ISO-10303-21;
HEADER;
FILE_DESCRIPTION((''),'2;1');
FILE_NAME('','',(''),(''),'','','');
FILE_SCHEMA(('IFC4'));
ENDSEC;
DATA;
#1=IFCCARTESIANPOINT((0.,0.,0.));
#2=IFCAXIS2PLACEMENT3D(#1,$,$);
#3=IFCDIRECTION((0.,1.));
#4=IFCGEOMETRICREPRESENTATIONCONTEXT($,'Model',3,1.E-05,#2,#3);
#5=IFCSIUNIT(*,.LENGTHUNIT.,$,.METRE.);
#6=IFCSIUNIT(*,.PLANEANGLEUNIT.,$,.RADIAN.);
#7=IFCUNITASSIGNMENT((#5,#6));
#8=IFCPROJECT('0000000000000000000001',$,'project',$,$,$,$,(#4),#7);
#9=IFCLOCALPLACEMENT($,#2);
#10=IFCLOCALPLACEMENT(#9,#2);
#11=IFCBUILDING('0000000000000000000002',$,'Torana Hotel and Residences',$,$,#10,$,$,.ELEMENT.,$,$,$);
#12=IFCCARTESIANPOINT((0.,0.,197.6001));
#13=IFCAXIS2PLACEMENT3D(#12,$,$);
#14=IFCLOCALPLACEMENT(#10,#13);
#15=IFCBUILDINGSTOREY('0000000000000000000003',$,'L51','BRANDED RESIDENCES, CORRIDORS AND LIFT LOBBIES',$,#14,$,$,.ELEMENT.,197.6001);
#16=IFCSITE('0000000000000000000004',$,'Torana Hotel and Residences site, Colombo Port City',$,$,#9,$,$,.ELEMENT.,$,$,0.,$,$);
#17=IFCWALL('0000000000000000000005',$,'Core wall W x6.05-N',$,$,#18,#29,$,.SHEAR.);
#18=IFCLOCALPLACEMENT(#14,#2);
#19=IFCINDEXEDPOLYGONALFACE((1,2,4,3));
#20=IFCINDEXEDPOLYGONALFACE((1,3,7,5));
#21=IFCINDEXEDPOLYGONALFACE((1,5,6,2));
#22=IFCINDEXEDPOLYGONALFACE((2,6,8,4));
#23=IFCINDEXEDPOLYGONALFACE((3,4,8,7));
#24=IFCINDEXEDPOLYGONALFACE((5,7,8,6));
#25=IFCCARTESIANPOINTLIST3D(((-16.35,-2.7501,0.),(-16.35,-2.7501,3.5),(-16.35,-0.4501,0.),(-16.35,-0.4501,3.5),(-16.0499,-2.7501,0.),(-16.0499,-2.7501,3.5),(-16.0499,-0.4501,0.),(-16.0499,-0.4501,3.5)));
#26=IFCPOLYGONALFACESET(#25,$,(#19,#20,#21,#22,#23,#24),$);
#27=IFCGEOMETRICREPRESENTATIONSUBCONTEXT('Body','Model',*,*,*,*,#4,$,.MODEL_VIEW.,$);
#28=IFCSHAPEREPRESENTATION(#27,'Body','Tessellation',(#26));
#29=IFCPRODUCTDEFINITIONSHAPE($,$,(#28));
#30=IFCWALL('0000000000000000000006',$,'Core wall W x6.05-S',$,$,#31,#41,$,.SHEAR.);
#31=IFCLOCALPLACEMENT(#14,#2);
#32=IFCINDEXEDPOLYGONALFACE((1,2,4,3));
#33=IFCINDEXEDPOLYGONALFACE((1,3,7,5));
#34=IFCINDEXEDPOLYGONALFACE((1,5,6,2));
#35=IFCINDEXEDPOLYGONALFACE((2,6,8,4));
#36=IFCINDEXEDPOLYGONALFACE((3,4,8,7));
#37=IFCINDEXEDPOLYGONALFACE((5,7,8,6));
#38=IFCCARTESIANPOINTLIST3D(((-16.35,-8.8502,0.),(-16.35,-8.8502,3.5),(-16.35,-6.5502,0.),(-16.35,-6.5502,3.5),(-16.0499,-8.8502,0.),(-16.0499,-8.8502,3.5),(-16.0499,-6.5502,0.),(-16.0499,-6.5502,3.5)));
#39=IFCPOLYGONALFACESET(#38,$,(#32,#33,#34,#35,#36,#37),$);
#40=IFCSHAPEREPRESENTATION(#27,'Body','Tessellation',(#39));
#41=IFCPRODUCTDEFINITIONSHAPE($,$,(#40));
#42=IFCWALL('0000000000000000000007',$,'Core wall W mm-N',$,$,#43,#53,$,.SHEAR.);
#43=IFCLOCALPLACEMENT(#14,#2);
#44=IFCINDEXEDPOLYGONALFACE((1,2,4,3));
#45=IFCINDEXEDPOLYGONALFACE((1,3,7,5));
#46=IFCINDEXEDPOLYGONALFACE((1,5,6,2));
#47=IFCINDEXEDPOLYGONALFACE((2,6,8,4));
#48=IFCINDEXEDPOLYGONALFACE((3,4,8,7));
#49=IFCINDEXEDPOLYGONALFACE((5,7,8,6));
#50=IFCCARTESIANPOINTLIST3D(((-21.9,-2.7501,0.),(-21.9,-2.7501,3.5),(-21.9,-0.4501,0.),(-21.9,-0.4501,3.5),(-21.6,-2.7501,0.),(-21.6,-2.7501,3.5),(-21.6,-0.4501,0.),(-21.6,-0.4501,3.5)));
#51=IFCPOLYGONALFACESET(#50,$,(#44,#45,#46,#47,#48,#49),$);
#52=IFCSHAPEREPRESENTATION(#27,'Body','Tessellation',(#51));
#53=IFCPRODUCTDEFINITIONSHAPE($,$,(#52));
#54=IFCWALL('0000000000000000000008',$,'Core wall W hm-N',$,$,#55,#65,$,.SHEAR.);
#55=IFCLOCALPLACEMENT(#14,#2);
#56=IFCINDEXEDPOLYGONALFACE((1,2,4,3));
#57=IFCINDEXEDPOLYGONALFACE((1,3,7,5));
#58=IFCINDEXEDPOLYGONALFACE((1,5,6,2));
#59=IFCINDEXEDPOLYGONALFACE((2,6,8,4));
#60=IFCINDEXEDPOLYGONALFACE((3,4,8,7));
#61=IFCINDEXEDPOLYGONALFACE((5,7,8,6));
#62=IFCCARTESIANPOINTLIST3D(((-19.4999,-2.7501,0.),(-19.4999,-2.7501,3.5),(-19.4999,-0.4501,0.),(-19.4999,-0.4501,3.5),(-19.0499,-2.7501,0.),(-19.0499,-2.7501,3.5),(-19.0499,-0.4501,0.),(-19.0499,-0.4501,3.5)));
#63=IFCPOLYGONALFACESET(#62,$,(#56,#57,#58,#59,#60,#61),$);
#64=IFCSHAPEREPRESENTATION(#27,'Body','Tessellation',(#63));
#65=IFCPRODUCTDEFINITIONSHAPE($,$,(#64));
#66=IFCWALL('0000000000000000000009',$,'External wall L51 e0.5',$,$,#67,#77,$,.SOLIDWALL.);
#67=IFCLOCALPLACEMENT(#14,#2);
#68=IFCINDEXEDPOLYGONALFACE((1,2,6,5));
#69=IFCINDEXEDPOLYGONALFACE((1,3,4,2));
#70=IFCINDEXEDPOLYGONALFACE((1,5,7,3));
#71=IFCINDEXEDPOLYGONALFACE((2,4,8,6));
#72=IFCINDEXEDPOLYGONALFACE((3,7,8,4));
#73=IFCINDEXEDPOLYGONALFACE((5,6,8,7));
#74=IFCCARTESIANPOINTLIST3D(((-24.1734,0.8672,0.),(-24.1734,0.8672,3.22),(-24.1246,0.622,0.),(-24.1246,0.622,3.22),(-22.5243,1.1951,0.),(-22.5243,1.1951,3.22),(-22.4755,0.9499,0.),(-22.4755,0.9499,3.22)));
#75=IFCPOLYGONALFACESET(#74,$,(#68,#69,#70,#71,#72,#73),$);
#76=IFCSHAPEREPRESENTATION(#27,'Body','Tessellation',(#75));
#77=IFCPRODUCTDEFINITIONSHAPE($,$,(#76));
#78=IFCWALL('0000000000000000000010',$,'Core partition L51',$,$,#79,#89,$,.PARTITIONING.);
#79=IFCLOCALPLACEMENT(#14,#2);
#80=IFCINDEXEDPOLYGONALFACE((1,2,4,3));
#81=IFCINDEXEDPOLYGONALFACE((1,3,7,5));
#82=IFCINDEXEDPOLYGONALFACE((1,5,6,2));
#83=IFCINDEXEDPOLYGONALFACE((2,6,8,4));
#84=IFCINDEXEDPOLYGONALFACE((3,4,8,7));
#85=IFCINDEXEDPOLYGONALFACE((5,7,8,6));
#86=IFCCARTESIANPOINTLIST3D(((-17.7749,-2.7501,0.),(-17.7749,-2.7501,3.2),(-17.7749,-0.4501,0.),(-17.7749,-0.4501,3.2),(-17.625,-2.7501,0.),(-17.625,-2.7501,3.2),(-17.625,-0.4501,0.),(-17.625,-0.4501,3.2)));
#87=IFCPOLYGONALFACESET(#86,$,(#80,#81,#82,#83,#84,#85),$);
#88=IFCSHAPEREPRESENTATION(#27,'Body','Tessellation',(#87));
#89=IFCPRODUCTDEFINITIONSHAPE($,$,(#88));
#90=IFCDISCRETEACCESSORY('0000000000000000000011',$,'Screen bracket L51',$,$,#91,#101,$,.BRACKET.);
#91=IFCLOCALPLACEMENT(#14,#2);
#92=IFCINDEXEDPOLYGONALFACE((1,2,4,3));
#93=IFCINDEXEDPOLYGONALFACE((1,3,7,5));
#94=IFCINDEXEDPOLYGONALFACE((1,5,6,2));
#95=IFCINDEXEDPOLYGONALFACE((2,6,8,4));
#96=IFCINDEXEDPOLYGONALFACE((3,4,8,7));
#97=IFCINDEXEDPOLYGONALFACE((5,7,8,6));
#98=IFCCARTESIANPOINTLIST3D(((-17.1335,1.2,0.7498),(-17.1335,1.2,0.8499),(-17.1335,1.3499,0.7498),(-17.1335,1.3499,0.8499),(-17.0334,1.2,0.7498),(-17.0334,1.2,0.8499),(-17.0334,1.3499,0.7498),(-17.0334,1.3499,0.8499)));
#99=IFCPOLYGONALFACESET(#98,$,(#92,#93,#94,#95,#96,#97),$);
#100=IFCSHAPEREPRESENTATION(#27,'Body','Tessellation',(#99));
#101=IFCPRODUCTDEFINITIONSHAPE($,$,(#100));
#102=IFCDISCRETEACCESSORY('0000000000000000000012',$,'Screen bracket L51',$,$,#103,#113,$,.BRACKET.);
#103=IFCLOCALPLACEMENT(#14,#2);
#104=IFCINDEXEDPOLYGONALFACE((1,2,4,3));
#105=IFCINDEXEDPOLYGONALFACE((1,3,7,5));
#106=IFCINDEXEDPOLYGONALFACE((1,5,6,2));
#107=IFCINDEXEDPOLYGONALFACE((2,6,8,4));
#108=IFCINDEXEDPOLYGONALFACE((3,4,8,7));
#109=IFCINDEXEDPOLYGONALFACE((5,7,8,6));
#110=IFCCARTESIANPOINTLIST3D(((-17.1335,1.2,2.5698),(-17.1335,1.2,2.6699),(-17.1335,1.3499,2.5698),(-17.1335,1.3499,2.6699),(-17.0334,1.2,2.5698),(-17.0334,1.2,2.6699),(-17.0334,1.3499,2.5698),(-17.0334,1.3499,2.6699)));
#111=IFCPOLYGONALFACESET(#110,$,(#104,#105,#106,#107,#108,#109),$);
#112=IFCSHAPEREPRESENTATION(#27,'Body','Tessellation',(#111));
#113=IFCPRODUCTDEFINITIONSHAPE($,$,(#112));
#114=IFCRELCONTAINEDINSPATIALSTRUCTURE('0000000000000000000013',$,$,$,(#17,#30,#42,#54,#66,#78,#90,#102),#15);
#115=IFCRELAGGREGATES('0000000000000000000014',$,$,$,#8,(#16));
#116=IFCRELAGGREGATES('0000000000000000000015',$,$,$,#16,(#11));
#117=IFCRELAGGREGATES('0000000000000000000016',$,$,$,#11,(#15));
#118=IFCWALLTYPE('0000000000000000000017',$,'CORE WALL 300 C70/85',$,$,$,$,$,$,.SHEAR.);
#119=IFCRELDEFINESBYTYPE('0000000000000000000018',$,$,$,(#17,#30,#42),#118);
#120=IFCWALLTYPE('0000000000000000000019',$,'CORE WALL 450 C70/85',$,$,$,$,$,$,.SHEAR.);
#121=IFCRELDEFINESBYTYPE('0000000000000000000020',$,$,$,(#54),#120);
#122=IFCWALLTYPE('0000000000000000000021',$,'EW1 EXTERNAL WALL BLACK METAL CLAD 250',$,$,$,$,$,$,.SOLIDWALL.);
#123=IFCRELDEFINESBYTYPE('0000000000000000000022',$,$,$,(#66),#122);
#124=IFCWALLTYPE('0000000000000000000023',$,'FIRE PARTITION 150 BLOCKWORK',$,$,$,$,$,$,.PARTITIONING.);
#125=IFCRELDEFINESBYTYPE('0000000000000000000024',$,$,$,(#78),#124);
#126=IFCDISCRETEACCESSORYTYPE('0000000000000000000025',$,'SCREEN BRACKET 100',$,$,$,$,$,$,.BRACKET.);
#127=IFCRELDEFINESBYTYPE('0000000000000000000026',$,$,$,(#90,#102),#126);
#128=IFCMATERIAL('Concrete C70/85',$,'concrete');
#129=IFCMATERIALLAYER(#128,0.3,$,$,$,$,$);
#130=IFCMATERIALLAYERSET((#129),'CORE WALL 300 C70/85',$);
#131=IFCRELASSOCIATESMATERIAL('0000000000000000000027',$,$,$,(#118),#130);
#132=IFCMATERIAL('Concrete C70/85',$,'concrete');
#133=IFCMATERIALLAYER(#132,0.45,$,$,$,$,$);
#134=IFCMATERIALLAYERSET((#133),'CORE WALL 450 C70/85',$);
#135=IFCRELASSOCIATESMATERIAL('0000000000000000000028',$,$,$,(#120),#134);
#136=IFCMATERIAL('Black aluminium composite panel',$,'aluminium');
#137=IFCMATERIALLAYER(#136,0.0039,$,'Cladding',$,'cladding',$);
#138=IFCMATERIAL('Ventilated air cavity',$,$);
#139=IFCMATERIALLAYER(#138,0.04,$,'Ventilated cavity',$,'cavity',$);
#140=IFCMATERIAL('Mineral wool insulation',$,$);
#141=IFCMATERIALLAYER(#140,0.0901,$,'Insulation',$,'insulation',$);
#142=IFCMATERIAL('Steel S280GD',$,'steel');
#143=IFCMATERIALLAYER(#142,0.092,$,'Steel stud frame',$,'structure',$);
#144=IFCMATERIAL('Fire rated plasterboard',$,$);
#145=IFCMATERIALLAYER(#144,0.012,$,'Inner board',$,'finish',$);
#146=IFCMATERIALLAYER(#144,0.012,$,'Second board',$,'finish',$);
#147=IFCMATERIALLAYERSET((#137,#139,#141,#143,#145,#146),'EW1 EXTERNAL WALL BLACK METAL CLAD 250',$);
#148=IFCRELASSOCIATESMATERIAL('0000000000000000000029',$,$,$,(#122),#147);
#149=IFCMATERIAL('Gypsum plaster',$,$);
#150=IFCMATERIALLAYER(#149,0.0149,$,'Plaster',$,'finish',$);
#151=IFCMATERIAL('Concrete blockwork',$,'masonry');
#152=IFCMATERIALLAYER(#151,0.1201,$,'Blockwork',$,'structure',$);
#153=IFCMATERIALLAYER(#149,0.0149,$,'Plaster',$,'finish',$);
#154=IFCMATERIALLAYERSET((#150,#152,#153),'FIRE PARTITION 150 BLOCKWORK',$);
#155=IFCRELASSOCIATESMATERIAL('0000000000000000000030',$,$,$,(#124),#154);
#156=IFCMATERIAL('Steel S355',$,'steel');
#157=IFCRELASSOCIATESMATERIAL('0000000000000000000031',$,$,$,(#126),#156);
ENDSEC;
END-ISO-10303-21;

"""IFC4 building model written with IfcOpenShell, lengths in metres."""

from ifc_helpers import new_model, si_unit, direction, frame, frame_2d, origin, origin_2d, place, context, subcontext, project, spatial, rectangle, extrude, material, layer, layer_set, type_object, element, save


model = new_model("IFC4")

# Units and contexts
model_context = context("Model", 3, precision=1e-05, world=origin(), true_north=direction((0.0, 1.0)))
body_context = subcontext(model_context, "Body", "Model", "MODEL_VIEW")
ifc_project = project(units=[si_unit("LENGTHUNIT", "METRE"), si_unit("PLANEANGLEUNIT", "RADIAN")], contexts=[model_context])

# Site, building, storey
site_placement = place(None, origin())
site = spatial("IfcSite", under=ifc_project, at=site_placement, Name="Torana Hotel and Residences site, Colombo Port City", CompositionType="ELEMENT", RefElevation=0.0)
building_placement = place(site_placement, origin())
building = spatial("IfcBuilding", under=site, at=building_placement, Name="Torana Hotel and Residences", CompositionType="ELEMENT")
storey_placement = place(building_placement, frame((0.0, 0.0, 197.6001)))
storey = spatial("IfcBuildingStorey", under=building, at=storey_placement, Name="L51", Description="BRANDED RESIDENCES, CORRIDORS AND LIFT LOBBIES", CompositionType="ELEMENT", Elevation=197.6001)

# Walls
ifc_material_1 = material(Name="Concrete C70/85", Category="concrete")
ifc_layer_1 = layer(ifc_material_1, 0.3)
ifc_layer_set_1 = layer_set([ifc_layer_1], Name="CORE WALL 300 C70/85")
wall_type_1 = type_object("IfcWallType", Name="CORE WALL 300 C70/85", PredefinedType="SHEAR", material=ifc_layer_set_1)
for number, where, z_axis, x_axis, name in (
    (1, (-16.2, -2.75, 0.0), (0.0, 0.0, 1.0), (0.0, 1.0, 0.0), "Core wall W x6.05-N"),
    (2, (-16.2, -8.8501, 0.0), (0.0, 0.0, 1.0), (0.0, 1.0, 0.0), "Core wall W x6.05-S"),
    (3, (-21.75, -2.75, 0.0), (0.0, 0.0, 1.0), (0.0, 1.0, 0.0), "Core wall W mm-N"),
):
    element("IfcWall", number, at=place(storey_placement, frame(where, z_axis=z_axis, x_axis=x_axis)), inside=storey, type_object=wall_type_1, Name=name, PredefinedType="SHEAR", context=body_context, shape_type="SweptSolid", body=[
        extrude(rectangle(XDim=2.3, YDim=0.3, at=frame_2d((1.1499, 0.0))), origin(), (0.0, 0.0, 1.0), 3.5),
    ])
ifc_material_2 = material(Name="Concrete C70/85", Category="concrete")
ifc_layer_2 = layer(ifc_material_2, 0.45)
ifc_layer_set_2 = layer_set([ifc_layer_2], Name="CORE WALL 450 C70/85")
wall_type_2 = type_object("IfcWallType", Name="CORE WALL 450 C70/85", PredefinedType="SHEAR", material=ifc_layer_set_2)
wall_1_placement = place(storey_placement, frame((-19.2749, -2.75, 0.0), z_axis=(0.0, 0.0, 1.0), x_axis=(0.0, 1.0, 0.0)))
element("IfcWall", 4, at=wall_1_placement, inside=storey, type_object=wall_type_2, Name="Core wall W hm-N", PredefinedType="SHEAR", context=body_context, shape_type="SweptSolid", body=[
    extrude(rectangle(XDim=2.3, YDim=0.45, at=frame_2d((1.1499, 0.0))), origin(), (0.0, 0.0, 1.0), 3.5),
])
ifc_material_3 = material(Name="Black aluminium composite panel", Category="aluminium")
ifc_layer_3 = layer(ifc_material_3, 0.0039, Name="Cladding", Category="cladding")
ifc_material_4 = material(Name="Ventilated air cavity")
ifc_layer_4 = layer(ifc_material_4, 0.04, Name="Ventilated cavity", Category="cavity")
ifc_material_5 = material(Name="Mineral wool insulation")
ifc_layer_5 = layer(ifc_material_5, 0.0901, Name="Insulation", Category="insulation")
ifc_material_6 = material(Name="Steel S280GD", Category="steel")
ifc_layer_6 = layer(ifc_material_6, 0.092, Name="Steel stud frame", Category="structure")
ifc_material_7 = material(Name="Fire rated plasterboard")
ifc_layer_7 = layer(ifc_material_7, 0.012, Name="Inner board", Category="finish")
ifc_layer_8 = layer(ifc_material_7, 0.012, Name="Second board", Category="finish")
ifc_layer_set_3 = layer_set([ifc_layer_3, ifc_layer_4, ifc_layer_5, ifc_layer_6, ifc_layer_7, ifc_layer_8], Name="EW1 EXTERNAL WALL BLACK METAL CLAD 250")
wall_type_3 = type_object("IfcWallType", Name="EW1 EXTERNAL WALL BLACK METAL CLAD 250", PredefinedType="SOLIDWALL", material=ifc_layer_set_3)
wall_2_placement = place(storey_placement, frame((-22.4998, 1.0725, 0.0), z_axis=(0.0, 0.0, 1.0), x_axis=(-0.980803, -0.194999, 0.0)))
element("IfcWall", 5, at=wall_2_placement, inside=storey, type_object=wall_type_3, Name="External wall L51 e0.5", PredefinedType="SOLIDWALL", context=body_context, shape_type="SweptSolid", body=[
    extrude(rectangle(XDim=1.6814, YDim=0.25, at=frame_2d((0.8408, 0.0))), origin(), (0.0, 0.0, 1.0), 3.22),
])
ifc_material_8 = material(Name="Gypsum plaster")
ifc_layer_9 = layer(ifc_material_8, 0.0149, Name="Plaster", Category="finish")
ifc_material_9 = material(Name="Concrete blockwork", Category="masonry")
ifc_layer_10 = layer(ifc_material_9, 0.1201, Name="Blockwork", Category="structure")
ifc_layer_11 = layer(ifc_material_8, 0.0149, Name="Plaster", Category="finish")
ifc_layer_set_4 = layer_set([ifc_layer_9, ifc_layer_10, ifc_layer_11], Name="FIRE PARTITION 150 BLOCKWORK")
wall_type_4 = type_object("IfcWallType", Name="FIRE PARTITION 150 BLOCKWORK", PredefinedType="PARTITIONING", material=ifc_layer_set_4)
wall_3_placement = place(storey_placement, frame((-17.7, -2.75, 0.0), z_axis=(0.0, 0.0, 1.0), x_axis=(0.0, 1.0, 0.0)))
element("IfcWall", 6, at=wall_3_placement, inside=storey, type_object=wall_type_4, Name="Core partition L51", PredefinedType="PARTITIONING", context=body_context, shape_type="SweptSolid", body=[
    extrude(rectangle(XDim=2.3, YDim=0.1499, at=frame_2d((1.1499, 0.0))), origin(), (0.0, 0.0, 1.0), 3.2),
])

# Discrete accessories
ifc_material_10 = material(Name="Steel S355", Category="steel")
discrete_accessory_type = type_object("IfcDiscreteAccessoryType", Name="SCREEN BRACKET 100", PredefinedType="BRACKET", material=ifc_material_10)
for number, where, z_axis, x_axis, name in (
    (7, (-17.0835, 1.2749, 0.7498), (0.0, 0.0, 1.0), (-1.0, 0.0, 0.0), "Screen bracket L51"),
    (8, (-17.0835, 1.2749, 2.5698), (0.0, 0.0, 1.0), (-1.0, 0.0, 0.0), "Screen bracket L51"),
):
    element("IfcDiscreteAccessory", number, at=place(storey_placement, frame(where, z_axis=z_axis, x_axis=x_axis)), inside=storey, type_object=discrete_accessory_type, Name=name, PredefinedType="BRACKET", context=body_context, shape_type="SweptSolid", body=[
        extrude(rectangle(XDim=0.1001, YDim=0.1499, at=origin_2d()), origin(), (0.0, 0.0, 1.0), 0.1001),
    ])

save(model, "model.ifc")
